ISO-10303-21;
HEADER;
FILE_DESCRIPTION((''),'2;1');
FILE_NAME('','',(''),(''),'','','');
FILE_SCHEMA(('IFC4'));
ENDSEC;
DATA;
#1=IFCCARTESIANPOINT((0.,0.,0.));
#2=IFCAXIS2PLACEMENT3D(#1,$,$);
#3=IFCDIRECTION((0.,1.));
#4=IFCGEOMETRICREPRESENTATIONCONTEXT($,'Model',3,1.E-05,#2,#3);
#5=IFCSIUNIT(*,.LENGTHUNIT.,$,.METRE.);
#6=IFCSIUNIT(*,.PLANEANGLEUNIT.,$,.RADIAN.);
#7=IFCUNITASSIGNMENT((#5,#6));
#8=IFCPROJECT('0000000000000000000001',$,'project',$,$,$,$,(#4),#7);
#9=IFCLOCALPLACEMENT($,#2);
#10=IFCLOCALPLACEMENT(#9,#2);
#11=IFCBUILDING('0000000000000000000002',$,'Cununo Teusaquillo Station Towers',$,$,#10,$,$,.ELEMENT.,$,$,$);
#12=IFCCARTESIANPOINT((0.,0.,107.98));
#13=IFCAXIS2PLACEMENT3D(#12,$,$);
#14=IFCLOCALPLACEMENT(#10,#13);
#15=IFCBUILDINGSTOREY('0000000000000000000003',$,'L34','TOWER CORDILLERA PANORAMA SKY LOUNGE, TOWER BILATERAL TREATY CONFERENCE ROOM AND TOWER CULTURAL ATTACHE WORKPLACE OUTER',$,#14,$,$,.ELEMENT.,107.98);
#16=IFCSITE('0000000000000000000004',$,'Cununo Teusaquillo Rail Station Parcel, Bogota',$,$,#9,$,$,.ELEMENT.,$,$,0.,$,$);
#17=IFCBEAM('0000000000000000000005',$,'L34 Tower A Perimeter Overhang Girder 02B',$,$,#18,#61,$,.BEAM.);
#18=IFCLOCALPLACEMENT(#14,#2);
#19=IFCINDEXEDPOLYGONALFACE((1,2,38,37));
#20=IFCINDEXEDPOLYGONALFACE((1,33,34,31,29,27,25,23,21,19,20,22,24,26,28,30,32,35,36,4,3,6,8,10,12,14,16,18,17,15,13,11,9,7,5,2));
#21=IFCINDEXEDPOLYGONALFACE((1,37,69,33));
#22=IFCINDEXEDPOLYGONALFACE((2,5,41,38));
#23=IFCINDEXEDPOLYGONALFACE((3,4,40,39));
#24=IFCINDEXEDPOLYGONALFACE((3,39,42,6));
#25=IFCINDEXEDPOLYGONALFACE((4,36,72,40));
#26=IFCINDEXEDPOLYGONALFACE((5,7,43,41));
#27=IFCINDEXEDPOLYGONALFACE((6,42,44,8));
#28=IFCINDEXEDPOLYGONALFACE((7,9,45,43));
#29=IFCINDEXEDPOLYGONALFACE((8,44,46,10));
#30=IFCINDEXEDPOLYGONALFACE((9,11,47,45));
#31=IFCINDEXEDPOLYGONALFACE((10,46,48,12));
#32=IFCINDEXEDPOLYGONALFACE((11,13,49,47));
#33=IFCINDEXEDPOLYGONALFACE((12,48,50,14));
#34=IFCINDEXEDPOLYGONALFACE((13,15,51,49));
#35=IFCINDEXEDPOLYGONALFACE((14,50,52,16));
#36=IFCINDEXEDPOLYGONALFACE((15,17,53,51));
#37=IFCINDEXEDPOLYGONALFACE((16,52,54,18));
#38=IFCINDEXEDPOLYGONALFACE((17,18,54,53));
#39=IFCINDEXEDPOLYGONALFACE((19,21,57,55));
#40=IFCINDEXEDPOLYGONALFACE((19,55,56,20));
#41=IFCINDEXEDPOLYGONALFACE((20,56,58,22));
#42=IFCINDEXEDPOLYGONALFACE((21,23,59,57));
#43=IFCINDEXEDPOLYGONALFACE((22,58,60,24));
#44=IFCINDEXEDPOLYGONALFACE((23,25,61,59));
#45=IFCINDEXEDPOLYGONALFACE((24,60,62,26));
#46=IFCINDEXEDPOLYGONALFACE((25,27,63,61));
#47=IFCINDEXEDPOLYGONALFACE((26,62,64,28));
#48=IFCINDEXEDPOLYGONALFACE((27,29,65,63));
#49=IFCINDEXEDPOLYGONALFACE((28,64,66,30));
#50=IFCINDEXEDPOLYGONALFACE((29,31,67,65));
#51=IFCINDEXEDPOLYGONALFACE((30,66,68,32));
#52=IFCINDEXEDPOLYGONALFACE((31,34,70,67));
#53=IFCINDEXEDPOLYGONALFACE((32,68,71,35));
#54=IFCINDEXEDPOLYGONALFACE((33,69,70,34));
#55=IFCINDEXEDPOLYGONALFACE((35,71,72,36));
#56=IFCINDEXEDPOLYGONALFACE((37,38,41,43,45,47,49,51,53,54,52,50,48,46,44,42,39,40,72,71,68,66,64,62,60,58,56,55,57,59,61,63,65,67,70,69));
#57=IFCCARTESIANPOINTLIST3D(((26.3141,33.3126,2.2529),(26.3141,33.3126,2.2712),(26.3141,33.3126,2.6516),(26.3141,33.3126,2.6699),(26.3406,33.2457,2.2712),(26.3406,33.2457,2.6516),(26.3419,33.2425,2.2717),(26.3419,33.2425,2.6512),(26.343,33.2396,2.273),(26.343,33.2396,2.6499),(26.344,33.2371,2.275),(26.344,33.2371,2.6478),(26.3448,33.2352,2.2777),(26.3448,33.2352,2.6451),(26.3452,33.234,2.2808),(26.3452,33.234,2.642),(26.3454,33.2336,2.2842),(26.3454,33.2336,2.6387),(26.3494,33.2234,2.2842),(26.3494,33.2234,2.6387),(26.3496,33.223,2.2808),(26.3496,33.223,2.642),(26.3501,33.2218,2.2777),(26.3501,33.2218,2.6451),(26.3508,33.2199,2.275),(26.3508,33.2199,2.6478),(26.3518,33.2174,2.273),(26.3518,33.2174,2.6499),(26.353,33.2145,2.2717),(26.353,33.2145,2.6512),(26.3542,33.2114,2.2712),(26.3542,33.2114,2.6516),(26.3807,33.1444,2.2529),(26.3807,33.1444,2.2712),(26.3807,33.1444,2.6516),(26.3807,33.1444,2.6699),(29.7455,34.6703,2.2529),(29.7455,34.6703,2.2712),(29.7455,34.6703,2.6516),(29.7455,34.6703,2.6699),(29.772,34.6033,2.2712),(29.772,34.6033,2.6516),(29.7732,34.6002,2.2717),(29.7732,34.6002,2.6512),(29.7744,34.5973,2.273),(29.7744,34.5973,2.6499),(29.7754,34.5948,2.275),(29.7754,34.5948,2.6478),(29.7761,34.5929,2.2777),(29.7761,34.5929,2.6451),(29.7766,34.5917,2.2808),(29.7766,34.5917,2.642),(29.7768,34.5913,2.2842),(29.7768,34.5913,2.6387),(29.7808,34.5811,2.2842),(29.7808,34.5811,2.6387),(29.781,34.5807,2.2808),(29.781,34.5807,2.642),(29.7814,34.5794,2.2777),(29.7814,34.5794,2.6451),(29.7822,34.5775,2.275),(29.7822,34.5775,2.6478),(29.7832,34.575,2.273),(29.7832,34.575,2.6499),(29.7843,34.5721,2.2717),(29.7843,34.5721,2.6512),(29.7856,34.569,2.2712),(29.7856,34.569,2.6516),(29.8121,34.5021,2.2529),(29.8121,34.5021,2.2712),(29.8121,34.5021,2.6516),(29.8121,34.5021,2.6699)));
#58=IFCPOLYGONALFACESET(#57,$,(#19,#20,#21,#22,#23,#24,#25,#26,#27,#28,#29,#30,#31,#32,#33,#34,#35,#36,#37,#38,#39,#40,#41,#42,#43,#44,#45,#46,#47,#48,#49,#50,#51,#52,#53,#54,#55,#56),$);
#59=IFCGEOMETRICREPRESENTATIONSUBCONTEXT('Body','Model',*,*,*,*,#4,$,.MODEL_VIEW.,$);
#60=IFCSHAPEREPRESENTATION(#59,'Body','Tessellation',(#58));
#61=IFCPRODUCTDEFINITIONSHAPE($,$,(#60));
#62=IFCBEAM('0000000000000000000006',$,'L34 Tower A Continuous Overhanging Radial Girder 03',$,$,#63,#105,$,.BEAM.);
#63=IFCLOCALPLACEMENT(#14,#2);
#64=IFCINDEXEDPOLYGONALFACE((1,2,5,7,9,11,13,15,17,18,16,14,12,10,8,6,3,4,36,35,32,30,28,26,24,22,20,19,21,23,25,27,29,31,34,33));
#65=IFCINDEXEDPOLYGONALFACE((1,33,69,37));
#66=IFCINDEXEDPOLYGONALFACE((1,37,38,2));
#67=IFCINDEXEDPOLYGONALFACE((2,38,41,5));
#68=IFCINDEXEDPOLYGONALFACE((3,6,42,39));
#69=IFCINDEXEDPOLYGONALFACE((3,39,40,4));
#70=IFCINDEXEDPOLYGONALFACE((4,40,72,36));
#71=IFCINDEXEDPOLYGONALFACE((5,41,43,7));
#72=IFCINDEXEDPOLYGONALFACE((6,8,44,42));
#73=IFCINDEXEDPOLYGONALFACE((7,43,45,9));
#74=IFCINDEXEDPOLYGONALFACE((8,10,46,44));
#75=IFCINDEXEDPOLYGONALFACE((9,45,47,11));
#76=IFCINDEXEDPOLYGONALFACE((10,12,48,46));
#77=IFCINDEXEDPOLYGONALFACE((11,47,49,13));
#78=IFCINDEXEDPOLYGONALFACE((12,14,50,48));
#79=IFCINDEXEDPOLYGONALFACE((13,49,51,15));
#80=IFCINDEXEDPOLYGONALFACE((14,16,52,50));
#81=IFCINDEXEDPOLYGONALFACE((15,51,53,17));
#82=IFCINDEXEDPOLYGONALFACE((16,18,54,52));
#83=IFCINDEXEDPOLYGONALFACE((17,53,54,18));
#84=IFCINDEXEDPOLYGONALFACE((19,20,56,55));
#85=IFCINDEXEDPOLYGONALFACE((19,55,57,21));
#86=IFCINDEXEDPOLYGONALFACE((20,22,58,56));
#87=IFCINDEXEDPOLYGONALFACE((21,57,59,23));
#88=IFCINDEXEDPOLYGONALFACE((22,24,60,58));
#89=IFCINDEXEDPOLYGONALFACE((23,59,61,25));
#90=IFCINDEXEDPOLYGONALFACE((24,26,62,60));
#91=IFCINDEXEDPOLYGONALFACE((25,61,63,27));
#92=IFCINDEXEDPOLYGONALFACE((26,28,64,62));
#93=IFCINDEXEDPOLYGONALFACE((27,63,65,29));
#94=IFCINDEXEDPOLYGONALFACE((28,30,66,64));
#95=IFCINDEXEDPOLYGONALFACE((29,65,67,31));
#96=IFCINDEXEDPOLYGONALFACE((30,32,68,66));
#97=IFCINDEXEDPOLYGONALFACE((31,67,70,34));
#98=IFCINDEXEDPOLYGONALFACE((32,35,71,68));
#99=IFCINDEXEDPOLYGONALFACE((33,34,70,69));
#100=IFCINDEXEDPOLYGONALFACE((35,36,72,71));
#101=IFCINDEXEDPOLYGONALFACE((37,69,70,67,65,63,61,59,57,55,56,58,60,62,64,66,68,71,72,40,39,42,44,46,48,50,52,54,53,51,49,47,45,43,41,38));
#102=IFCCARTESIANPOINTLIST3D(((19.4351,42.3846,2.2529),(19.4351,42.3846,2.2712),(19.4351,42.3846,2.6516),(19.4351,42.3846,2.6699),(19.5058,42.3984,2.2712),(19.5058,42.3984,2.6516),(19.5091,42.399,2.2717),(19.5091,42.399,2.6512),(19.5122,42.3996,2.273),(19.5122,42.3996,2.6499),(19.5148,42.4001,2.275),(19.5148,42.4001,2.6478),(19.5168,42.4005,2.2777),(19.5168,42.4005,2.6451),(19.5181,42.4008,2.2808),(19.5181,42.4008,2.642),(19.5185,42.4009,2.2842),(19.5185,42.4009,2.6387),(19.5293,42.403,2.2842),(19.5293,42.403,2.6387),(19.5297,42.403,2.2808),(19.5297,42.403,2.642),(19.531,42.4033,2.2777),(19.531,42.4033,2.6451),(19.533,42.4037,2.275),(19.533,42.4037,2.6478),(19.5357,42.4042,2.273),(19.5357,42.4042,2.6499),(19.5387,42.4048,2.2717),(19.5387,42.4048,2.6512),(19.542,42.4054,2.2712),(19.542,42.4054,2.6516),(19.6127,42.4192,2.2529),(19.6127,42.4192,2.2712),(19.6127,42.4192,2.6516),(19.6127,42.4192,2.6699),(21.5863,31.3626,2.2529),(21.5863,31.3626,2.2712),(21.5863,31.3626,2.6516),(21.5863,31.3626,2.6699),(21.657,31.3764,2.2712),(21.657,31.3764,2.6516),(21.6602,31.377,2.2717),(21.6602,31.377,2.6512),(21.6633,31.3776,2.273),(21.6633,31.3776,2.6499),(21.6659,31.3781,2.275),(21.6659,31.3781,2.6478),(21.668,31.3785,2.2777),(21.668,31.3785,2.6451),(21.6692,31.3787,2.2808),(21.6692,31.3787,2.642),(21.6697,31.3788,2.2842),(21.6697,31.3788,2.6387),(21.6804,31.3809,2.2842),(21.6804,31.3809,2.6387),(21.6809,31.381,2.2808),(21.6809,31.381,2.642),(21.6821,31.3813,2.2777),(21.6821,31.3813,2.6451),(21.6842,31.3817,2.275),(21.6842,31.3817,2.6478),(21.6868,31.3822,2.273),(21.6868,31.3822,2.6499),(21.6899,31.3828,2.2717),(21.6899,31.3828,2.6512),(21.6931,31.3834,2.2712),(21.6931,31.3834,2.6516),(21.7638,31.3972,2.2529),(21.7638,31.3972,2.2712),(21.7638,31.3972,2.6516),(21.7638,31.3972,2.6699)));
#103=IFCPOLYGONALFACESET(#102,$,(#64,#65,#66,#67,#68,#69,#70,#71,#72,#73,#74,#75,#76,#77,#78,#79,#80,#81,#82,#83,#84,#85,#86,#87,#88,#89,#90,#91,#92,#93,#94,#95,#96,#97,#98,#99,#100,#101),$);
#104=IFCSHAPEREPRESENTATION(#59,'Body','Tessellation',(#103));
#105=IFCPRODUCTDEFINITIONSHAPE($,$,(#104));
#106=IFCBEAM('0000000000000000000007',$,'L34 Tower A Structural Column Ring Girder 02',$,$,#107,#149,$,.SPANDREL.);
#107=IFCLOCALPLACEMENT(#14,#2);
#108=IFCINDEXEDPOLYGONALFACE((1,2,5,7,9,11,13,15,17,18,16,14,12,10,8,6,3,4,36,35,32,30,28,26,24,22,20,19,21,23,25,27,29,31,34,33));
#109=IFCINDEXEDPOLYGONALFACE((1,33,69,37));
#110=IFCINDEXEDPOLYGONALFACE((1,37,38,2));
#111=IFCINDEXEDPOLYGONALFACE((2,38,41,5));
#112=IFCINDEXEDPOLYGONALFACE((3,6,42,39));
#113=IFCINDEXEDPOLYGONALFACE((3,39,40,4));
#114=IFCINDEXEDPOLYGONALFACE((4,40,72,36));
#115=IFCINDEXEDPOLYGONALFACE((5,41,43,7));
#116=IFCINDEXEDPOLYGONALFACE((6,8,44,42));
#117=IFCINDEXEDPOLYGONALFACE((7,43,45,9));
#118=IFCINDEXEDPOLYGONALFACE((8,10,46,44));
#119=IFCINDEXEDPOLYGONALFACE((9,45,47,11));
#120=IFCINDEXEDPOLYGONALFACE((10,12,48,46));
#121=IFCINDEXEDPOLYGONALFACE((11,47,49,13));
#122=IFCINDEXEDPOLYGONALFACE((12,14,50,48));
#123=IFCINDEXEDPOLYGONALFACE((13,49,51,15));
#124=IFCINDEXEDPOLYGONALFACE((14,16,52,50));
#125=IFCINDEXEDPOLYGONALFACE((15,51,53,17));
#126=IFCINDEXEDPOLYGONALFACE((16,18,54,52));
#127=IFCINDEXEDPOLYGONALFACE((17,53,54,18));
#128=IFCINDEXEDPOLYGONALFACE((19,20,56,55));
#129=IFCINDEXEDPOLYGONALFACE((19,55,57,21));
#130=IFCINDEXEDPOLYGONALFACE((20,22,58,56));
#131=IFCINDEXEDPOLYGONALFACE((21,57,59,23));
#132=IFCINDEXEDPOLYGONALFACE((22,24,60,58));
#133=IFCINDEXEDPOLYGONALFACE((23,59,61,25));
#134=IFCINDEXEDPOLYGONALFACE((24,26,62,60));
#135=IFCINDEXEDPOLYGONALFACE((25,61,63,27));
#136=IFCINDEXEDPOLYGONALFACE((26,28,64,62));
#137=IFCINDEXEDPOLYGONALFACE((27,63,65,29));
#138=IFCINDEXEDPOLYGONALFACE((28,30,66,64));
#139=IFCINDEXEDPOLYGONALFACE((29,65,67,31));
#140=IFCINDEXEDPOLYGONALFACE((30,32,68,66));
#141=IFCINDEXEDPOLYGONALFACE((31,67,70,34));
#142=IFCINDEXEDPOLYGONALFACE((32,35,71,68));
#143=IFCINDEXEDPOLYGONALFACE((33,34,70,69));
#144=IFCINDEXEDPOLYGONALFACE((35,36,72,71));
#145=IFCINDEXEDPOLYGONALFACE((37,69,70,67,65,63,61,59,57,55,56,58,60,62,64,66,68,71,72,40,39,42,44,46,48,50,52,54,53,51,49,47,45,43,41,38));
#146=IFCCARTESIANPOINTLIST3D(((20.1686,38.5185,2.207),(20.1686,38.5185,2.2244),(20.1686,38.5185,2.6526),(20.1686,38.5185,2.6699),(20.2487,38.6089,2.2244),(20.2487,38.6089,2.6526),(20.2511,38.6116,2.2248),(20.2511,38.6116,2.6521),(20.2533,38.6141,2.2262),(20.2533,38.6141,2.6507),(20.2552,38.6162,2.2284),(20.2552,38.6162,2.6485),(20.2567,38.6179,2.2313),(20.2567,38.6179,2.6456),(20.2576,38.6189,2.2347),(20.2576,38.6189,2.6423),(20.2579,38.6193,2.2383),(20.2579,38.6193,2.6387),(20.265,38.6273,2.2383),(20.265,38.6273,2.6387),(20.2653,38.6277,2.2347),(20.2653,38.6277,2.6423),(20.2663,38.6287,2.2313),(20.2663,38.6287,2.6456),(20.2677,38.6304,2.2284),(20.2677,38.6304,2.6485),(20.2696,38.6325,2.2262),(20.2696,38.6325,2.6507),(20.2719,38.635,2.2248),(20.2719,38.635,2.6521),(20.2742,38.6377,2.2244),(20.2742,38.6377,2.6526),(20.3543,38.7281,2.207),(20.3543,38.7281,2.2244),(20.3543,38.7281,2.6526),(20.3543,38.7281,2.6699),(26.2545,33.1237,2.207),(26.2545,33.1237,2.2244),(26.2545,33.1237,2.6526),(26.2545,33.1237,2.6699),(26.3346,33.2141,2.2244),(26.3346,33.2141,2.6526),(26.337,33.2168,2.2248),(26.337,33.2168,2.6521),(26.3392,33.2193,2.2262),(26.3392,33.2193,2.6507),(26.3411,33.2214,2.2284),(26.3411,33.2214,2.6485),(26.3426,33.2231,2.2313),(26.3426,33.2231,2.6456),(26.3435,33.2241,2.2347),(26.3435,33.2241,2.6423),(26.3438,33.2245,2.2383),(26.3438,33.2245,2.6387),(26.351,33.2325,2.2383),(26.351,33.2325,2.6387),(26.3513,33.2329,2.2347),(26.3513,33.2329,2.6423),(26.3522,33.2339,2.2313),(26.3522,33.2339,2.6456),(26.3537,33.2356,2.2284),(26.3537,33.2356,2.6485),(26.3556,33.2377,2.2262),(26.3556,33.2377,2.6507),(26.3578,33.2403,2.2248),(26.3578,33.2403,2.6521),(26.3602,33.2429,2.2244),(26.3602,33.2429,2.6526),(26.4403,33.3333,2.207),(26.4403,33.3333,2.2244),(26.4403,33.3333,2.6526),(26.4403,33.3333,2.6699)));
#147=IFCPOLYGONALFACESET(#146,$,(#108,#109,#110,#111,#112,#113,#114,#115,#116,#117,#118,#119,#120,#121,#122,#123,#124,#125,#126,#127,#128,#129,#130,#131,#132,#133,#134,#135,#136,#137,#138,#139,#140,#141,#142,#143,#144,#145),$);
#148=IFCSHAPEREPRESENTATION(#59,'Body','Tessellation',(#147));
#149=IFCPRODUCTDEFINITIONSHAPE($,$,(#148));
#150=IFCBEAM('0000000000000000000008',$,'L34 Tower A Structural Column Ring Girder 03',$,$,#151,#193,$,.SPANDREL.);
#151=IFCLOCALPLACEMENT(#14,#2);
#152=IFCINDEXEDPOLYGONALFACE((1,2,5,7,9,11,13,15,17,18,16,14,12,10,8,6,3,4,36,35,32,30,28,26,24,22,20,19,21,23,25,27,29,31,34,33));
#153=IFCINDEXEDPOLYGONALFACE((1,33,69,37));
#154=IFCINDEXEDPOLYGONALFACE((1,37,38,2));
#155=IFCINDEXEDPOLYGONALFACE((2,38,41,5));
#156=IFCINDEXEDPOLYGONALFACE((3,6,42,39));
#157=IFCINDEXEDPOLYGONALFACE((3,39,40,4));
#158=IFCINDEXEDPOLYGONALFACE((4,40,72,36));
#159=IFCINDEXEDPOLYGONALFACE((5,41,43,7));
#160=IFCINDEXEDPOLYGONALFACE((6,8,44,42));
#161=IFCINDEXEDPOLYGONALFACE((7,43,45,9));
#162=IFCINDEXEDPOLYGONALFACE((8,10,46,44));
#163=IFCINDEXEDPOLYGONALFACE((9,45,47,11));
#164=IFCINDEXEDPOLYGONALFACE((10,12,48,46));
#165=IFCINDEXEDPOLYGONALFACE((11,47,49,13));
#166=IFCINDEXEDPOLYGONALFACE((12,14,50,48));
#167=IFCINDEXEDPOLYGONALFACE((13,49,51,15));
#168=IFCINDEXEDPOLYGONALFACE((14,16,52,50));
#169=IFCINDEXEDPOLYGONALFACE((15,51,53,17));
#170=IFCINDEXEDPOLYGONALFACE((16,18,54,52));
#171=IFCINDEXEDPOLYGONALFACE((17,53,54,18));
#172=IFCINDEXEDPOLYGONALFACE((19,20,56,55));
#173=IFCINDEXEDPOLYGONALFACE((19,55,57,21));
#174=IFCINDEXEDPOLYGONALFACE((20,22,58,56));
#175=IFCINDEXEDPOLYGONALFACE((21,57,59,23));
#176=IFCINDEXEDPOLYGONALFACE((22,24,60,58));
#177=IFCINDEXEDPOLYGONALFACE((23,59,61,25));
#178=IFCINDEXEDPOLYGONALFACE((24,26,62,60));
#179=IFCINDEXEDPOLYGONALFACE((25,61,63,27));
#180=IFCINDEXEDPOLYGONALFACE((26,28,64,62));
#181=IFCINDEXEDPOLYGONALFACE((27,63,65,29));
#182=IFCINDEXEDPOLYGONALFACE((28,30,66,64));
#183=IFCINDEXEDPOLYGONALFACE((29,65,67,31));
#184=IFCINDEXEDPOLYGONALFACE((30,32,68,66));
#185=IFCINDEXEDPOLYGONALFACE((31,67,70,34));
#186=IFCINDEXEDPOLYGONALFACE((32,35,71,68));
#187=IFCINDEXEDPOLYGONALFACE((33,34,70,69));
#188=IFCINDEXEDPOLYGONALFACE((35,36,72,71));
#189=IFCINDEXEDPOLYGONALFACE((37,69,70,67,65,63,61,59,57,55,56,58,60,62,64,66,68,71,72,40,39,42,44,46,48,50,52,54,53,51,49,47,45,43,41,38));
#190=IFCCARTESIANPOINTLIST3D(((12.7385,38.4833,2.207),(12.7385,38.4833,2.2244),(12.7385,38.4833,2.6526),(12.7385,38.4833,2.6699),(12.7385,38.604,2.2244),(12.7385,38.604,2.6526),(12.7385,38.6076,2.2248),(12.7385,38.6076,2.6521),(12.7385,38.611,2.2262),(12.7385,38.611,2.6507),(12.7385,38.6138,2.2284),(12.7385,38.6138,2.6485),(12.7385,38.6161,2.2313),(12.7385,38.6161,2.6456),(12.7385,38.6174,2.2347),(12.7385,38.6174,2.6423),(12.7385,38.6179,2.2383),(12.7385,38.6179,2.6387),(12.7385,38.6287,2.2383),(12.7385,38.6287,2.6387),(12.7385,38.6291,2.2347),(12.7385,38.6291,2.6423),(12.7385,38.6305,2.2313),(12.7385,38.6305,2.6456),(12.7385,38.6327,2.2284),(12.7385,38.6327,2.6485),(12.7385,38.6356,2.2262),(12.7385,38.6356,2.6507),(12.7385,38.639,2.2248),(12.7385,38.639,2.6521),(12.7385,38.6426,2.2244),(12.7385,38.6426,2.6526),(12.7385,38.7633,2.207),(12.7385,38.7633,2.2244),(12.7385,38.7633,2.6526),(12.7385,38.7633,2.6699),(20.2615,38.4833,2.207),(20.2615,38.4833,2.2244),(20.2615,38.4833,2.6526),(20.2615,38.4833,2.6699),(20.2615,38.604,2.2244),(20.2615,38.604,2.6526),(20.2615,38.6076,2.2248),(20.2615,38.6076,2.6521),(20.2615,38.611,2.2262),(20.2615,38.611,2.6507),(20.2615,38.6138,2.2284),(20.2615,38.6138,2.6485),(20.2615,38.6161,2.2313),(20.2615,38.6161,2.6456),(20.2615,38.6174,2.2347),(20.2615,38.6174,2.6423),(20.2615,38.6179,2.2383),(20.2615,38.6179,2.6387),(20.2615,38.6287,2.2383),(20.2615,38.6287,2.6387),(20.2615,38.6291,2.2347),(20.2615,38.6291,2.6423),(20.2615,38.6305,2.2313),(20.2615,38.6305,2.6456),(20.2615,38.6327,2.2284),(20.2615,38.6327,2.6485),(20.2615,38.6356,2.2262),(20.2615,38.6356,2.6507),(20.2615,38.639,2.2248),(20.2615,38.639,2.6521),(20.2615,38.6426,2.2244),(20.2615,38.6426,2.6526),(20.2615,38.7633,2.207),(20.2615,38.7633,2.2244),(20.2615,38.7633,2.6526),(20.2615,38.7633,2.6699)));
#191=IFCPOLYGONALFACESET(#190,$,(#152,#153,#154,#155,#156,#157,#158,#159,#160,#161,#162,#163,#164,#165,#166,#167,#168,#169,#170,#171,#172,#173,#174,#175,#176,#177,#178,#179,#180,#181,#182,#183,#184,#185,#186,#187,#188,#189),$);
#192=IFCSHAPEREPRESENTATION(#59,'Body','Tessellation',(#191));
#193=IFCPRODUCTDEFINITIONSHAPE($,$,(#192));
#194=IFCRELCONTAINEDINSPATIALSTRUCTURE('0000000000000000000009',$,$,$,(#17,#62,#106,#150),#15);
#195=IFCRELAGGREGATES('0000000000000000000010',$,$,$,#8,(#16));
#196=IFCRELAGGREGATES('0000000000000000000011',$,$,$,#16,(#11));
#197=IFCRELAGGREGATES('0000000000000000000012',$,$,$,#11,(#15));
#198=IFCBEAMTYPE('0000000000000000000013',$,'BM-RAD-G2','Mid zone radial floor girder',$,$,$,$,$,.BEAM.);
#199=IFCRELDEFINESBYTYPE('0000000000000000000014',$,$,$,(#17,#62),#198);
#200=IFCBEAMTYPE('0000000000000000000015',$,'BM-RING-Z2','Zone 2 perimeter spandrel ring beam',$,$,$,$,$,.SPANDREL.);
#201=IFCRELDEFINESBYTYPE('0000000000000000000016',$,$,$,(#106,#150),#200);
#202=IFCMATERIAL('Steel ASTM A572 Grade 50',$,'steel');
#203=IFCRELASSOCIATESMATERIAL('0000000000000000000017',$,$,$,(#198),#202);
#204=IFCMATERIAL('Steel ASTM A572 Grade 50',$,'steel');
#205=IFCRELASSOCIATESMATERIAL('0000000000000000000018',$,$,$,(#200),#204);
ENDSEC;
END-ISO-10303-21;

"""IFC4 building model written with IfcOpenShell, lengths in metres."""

from ifc_helpers import new_model, si_unit, direction, frame, origin, origin_2d, place, context, subcontext, project, spatial, i_section, extrude, material, material_profile, profile_set, type_object, element, save


model = new_model("IFC4")

# Units and contexts
model_context = context("Model", 3, precision=1e-05, world=origin(), true_north=direction((0.0, 1.0)))
body_context = subcontext(model_context, "Body", "Model", "MODEL_VIEW")
ifc_project = project(units=[si_unit("LENGTHUNIT", "METRE"), si_unit("PLANEANGLEUNIT", "RADIAN")], contexts=[model_context])

# Site, building, storey
site_placement = place(None, origin())
site = spatial("IfcSite", under=ifc_project, at=site_placement, Name="Cununo Teusaquillo Rail Station Parcel, Bogota", CompositionType="ELEMENT", RefElevation=0.0)
building_placement = place(site_placement, origin())
building = spatial("IfcBuilding", under=site, at=building_placement, Name="Cununo Teusaquillo Station Towers", CompositionType="ELEMENT")
storey_placement = place(building_placement, frame((0.0, 0.0, 107.98)))
storey = spatial("IfcBuildingStorey", under=building, at=storey_placement, Name="L34", Description="TOWER CORDILLERA PANORAMA SKY LOUNGE, TOWER BILATERAL TREATY CONFERENCE ROOM AND TOWER CULTURAL ATTACHE WORKPLACE OUTER", CompositionType="ELEMENT", Elevation=107.98)

# Beams
ifc_material_1 = material(Name="Steel ASTM A572 Grade 50", Category="steel")
ifc_material_profile_1 = material_profile(ifc_material_1, i_section(OverallWidth=0.1809, OverallDepth=0.417, WebThickness=0.011, FlangeThickness=0.0183, FilletRadius=0.0129, at=origin_2d()), Name="W16X57")
ifc_profile_set_1 = profile_set([ifc_material_profile_1], Name="Steel ASTM A572 Grade 50")
beam_type_1 = type_object("IfcBeamType", Name="BM-RAD-G2", Description="Mid zone radial floor girder", PredefinedType="BEAM", material=ifc_profile_set_1)
beam_1_placement = place(storey_placement, frame((26.3474, 33.2285, 2.4614), z_axis=(0.929862, 0.367909, 0.0), x_axis=(-0.367909, 0.929862, 0.0)))
element("IfcBeam", 1, at=beam_1_placement, inside=storey, type_object=beam_type_1, Name="L34 Tower A Perimeter Overhang Girder 02B", PredefinedType="BEAM", context=body_context, shape_type="SweptSolid", body=[
    extrude(i_section(OverallWidth=0.1809, OverallDepth=0.417, WebThickness=0.011, FlangeThickness=0.0183, FilletRadius=0.0129, at=origin_2d()), origin(), (0.0, 0.0, 1.0), 3.6902),
])
beam_2_placement = place(storey_placement, frame((21.675, 31.3799, 2.4614), z_axis=(-0.191553, 0.981482, 0.0), x_axis=(-0.981482, -0.191553, 0.0)))
element("IfcBeam", 2, at=beam_2_placement, inside=storey, type_object=beam_type_1, Name="L34 Tower A Continuous Overhanging Radial Girder 03", PredefinedType="BEAM", context=body_context, shape_type="SweptSolid", body=[
    extrude(i_section(OverallWidth=0.1809, OverallDepth=0.417, WebThickness=0.011, FlangeThickness=0.0183, FilletRadius=0.0129, at=origin_2d()), origin(), (0.0, 0.0, 1.0), 11.23),
])
ifc_material_2 = material(Name="Steel ASTM A572 Grade 50", Category="steel")
ifc_material_profile_2 = material_profile(ifc_material_2, i_section(OverallWidth=0.28, OverallDepth=0.4629, WebThickness=0.0107, FlangeThickness=0.0173, FilletRadius=0.0139, at=origin_2d()), Name="W18X76")
ifc_profile_set_2 = profile_set([ifc_material_profile_2], Name="Steel ASTM A572 Grade 50")
beam_type_2 = type_object("IfcBeamType", Name="BM-RING-Z2", Description="Zone 2 perimeter spandrel ring beam", PredefinedType="SPANDREL", material=ifc_profile_set_2)
beam_3_placement = place(storey_placement, frame((26.3474, 33.2285, 2.4385), z_axis=(-0.748321, 0.663337, 0.0), x_axis=(-0.663337, -0.748321, 0.0)))
element("IfcBeam", 3, at=beam_3_placement, inside=storey, type_object=beam_type_2, Name="L34 Tower A Structural Column Ring Girder 02", PredefinedType="SPANDREL", context=body_context, shape_type="SweptSolid", body=[
    extrude(i_section(OverallWidth=0.28, OverallDepth=0.4629, WebThickness=0.0107, FlangeThickness=0.0173, FilletRadius=0.0139, at=origin_2d()), origin(), (0.0, 0.0, 1.0), 8.1328),
])
beam_4_placement = place(storey_placement, frame((20.2615, 38.6233, 2.4385), z_axis=(-1.0, 0.0, 0.0), x_axis=(0.0, -1.0, 0.0)))
element("IfcBeam", 4, at=beam_4_placement, inside=storey, type_object=beam_type_2, Name="L34 Tower A Structural Column Ring Girder 03", PredefinedType="SPANDREL", context=body_context, shape_type="SweptSolid", body=[
    extrude(i_section(OverallWidth=0.28, OverallDepth=0.4629, WebThickness=0.0107, FlangeThickness=0.0173, FilletRadius=0.0139, at=origin_2d()), origin(), (0.0, 0.0, 1.0), 7.5229),
])

save(model, "model.ifc")
